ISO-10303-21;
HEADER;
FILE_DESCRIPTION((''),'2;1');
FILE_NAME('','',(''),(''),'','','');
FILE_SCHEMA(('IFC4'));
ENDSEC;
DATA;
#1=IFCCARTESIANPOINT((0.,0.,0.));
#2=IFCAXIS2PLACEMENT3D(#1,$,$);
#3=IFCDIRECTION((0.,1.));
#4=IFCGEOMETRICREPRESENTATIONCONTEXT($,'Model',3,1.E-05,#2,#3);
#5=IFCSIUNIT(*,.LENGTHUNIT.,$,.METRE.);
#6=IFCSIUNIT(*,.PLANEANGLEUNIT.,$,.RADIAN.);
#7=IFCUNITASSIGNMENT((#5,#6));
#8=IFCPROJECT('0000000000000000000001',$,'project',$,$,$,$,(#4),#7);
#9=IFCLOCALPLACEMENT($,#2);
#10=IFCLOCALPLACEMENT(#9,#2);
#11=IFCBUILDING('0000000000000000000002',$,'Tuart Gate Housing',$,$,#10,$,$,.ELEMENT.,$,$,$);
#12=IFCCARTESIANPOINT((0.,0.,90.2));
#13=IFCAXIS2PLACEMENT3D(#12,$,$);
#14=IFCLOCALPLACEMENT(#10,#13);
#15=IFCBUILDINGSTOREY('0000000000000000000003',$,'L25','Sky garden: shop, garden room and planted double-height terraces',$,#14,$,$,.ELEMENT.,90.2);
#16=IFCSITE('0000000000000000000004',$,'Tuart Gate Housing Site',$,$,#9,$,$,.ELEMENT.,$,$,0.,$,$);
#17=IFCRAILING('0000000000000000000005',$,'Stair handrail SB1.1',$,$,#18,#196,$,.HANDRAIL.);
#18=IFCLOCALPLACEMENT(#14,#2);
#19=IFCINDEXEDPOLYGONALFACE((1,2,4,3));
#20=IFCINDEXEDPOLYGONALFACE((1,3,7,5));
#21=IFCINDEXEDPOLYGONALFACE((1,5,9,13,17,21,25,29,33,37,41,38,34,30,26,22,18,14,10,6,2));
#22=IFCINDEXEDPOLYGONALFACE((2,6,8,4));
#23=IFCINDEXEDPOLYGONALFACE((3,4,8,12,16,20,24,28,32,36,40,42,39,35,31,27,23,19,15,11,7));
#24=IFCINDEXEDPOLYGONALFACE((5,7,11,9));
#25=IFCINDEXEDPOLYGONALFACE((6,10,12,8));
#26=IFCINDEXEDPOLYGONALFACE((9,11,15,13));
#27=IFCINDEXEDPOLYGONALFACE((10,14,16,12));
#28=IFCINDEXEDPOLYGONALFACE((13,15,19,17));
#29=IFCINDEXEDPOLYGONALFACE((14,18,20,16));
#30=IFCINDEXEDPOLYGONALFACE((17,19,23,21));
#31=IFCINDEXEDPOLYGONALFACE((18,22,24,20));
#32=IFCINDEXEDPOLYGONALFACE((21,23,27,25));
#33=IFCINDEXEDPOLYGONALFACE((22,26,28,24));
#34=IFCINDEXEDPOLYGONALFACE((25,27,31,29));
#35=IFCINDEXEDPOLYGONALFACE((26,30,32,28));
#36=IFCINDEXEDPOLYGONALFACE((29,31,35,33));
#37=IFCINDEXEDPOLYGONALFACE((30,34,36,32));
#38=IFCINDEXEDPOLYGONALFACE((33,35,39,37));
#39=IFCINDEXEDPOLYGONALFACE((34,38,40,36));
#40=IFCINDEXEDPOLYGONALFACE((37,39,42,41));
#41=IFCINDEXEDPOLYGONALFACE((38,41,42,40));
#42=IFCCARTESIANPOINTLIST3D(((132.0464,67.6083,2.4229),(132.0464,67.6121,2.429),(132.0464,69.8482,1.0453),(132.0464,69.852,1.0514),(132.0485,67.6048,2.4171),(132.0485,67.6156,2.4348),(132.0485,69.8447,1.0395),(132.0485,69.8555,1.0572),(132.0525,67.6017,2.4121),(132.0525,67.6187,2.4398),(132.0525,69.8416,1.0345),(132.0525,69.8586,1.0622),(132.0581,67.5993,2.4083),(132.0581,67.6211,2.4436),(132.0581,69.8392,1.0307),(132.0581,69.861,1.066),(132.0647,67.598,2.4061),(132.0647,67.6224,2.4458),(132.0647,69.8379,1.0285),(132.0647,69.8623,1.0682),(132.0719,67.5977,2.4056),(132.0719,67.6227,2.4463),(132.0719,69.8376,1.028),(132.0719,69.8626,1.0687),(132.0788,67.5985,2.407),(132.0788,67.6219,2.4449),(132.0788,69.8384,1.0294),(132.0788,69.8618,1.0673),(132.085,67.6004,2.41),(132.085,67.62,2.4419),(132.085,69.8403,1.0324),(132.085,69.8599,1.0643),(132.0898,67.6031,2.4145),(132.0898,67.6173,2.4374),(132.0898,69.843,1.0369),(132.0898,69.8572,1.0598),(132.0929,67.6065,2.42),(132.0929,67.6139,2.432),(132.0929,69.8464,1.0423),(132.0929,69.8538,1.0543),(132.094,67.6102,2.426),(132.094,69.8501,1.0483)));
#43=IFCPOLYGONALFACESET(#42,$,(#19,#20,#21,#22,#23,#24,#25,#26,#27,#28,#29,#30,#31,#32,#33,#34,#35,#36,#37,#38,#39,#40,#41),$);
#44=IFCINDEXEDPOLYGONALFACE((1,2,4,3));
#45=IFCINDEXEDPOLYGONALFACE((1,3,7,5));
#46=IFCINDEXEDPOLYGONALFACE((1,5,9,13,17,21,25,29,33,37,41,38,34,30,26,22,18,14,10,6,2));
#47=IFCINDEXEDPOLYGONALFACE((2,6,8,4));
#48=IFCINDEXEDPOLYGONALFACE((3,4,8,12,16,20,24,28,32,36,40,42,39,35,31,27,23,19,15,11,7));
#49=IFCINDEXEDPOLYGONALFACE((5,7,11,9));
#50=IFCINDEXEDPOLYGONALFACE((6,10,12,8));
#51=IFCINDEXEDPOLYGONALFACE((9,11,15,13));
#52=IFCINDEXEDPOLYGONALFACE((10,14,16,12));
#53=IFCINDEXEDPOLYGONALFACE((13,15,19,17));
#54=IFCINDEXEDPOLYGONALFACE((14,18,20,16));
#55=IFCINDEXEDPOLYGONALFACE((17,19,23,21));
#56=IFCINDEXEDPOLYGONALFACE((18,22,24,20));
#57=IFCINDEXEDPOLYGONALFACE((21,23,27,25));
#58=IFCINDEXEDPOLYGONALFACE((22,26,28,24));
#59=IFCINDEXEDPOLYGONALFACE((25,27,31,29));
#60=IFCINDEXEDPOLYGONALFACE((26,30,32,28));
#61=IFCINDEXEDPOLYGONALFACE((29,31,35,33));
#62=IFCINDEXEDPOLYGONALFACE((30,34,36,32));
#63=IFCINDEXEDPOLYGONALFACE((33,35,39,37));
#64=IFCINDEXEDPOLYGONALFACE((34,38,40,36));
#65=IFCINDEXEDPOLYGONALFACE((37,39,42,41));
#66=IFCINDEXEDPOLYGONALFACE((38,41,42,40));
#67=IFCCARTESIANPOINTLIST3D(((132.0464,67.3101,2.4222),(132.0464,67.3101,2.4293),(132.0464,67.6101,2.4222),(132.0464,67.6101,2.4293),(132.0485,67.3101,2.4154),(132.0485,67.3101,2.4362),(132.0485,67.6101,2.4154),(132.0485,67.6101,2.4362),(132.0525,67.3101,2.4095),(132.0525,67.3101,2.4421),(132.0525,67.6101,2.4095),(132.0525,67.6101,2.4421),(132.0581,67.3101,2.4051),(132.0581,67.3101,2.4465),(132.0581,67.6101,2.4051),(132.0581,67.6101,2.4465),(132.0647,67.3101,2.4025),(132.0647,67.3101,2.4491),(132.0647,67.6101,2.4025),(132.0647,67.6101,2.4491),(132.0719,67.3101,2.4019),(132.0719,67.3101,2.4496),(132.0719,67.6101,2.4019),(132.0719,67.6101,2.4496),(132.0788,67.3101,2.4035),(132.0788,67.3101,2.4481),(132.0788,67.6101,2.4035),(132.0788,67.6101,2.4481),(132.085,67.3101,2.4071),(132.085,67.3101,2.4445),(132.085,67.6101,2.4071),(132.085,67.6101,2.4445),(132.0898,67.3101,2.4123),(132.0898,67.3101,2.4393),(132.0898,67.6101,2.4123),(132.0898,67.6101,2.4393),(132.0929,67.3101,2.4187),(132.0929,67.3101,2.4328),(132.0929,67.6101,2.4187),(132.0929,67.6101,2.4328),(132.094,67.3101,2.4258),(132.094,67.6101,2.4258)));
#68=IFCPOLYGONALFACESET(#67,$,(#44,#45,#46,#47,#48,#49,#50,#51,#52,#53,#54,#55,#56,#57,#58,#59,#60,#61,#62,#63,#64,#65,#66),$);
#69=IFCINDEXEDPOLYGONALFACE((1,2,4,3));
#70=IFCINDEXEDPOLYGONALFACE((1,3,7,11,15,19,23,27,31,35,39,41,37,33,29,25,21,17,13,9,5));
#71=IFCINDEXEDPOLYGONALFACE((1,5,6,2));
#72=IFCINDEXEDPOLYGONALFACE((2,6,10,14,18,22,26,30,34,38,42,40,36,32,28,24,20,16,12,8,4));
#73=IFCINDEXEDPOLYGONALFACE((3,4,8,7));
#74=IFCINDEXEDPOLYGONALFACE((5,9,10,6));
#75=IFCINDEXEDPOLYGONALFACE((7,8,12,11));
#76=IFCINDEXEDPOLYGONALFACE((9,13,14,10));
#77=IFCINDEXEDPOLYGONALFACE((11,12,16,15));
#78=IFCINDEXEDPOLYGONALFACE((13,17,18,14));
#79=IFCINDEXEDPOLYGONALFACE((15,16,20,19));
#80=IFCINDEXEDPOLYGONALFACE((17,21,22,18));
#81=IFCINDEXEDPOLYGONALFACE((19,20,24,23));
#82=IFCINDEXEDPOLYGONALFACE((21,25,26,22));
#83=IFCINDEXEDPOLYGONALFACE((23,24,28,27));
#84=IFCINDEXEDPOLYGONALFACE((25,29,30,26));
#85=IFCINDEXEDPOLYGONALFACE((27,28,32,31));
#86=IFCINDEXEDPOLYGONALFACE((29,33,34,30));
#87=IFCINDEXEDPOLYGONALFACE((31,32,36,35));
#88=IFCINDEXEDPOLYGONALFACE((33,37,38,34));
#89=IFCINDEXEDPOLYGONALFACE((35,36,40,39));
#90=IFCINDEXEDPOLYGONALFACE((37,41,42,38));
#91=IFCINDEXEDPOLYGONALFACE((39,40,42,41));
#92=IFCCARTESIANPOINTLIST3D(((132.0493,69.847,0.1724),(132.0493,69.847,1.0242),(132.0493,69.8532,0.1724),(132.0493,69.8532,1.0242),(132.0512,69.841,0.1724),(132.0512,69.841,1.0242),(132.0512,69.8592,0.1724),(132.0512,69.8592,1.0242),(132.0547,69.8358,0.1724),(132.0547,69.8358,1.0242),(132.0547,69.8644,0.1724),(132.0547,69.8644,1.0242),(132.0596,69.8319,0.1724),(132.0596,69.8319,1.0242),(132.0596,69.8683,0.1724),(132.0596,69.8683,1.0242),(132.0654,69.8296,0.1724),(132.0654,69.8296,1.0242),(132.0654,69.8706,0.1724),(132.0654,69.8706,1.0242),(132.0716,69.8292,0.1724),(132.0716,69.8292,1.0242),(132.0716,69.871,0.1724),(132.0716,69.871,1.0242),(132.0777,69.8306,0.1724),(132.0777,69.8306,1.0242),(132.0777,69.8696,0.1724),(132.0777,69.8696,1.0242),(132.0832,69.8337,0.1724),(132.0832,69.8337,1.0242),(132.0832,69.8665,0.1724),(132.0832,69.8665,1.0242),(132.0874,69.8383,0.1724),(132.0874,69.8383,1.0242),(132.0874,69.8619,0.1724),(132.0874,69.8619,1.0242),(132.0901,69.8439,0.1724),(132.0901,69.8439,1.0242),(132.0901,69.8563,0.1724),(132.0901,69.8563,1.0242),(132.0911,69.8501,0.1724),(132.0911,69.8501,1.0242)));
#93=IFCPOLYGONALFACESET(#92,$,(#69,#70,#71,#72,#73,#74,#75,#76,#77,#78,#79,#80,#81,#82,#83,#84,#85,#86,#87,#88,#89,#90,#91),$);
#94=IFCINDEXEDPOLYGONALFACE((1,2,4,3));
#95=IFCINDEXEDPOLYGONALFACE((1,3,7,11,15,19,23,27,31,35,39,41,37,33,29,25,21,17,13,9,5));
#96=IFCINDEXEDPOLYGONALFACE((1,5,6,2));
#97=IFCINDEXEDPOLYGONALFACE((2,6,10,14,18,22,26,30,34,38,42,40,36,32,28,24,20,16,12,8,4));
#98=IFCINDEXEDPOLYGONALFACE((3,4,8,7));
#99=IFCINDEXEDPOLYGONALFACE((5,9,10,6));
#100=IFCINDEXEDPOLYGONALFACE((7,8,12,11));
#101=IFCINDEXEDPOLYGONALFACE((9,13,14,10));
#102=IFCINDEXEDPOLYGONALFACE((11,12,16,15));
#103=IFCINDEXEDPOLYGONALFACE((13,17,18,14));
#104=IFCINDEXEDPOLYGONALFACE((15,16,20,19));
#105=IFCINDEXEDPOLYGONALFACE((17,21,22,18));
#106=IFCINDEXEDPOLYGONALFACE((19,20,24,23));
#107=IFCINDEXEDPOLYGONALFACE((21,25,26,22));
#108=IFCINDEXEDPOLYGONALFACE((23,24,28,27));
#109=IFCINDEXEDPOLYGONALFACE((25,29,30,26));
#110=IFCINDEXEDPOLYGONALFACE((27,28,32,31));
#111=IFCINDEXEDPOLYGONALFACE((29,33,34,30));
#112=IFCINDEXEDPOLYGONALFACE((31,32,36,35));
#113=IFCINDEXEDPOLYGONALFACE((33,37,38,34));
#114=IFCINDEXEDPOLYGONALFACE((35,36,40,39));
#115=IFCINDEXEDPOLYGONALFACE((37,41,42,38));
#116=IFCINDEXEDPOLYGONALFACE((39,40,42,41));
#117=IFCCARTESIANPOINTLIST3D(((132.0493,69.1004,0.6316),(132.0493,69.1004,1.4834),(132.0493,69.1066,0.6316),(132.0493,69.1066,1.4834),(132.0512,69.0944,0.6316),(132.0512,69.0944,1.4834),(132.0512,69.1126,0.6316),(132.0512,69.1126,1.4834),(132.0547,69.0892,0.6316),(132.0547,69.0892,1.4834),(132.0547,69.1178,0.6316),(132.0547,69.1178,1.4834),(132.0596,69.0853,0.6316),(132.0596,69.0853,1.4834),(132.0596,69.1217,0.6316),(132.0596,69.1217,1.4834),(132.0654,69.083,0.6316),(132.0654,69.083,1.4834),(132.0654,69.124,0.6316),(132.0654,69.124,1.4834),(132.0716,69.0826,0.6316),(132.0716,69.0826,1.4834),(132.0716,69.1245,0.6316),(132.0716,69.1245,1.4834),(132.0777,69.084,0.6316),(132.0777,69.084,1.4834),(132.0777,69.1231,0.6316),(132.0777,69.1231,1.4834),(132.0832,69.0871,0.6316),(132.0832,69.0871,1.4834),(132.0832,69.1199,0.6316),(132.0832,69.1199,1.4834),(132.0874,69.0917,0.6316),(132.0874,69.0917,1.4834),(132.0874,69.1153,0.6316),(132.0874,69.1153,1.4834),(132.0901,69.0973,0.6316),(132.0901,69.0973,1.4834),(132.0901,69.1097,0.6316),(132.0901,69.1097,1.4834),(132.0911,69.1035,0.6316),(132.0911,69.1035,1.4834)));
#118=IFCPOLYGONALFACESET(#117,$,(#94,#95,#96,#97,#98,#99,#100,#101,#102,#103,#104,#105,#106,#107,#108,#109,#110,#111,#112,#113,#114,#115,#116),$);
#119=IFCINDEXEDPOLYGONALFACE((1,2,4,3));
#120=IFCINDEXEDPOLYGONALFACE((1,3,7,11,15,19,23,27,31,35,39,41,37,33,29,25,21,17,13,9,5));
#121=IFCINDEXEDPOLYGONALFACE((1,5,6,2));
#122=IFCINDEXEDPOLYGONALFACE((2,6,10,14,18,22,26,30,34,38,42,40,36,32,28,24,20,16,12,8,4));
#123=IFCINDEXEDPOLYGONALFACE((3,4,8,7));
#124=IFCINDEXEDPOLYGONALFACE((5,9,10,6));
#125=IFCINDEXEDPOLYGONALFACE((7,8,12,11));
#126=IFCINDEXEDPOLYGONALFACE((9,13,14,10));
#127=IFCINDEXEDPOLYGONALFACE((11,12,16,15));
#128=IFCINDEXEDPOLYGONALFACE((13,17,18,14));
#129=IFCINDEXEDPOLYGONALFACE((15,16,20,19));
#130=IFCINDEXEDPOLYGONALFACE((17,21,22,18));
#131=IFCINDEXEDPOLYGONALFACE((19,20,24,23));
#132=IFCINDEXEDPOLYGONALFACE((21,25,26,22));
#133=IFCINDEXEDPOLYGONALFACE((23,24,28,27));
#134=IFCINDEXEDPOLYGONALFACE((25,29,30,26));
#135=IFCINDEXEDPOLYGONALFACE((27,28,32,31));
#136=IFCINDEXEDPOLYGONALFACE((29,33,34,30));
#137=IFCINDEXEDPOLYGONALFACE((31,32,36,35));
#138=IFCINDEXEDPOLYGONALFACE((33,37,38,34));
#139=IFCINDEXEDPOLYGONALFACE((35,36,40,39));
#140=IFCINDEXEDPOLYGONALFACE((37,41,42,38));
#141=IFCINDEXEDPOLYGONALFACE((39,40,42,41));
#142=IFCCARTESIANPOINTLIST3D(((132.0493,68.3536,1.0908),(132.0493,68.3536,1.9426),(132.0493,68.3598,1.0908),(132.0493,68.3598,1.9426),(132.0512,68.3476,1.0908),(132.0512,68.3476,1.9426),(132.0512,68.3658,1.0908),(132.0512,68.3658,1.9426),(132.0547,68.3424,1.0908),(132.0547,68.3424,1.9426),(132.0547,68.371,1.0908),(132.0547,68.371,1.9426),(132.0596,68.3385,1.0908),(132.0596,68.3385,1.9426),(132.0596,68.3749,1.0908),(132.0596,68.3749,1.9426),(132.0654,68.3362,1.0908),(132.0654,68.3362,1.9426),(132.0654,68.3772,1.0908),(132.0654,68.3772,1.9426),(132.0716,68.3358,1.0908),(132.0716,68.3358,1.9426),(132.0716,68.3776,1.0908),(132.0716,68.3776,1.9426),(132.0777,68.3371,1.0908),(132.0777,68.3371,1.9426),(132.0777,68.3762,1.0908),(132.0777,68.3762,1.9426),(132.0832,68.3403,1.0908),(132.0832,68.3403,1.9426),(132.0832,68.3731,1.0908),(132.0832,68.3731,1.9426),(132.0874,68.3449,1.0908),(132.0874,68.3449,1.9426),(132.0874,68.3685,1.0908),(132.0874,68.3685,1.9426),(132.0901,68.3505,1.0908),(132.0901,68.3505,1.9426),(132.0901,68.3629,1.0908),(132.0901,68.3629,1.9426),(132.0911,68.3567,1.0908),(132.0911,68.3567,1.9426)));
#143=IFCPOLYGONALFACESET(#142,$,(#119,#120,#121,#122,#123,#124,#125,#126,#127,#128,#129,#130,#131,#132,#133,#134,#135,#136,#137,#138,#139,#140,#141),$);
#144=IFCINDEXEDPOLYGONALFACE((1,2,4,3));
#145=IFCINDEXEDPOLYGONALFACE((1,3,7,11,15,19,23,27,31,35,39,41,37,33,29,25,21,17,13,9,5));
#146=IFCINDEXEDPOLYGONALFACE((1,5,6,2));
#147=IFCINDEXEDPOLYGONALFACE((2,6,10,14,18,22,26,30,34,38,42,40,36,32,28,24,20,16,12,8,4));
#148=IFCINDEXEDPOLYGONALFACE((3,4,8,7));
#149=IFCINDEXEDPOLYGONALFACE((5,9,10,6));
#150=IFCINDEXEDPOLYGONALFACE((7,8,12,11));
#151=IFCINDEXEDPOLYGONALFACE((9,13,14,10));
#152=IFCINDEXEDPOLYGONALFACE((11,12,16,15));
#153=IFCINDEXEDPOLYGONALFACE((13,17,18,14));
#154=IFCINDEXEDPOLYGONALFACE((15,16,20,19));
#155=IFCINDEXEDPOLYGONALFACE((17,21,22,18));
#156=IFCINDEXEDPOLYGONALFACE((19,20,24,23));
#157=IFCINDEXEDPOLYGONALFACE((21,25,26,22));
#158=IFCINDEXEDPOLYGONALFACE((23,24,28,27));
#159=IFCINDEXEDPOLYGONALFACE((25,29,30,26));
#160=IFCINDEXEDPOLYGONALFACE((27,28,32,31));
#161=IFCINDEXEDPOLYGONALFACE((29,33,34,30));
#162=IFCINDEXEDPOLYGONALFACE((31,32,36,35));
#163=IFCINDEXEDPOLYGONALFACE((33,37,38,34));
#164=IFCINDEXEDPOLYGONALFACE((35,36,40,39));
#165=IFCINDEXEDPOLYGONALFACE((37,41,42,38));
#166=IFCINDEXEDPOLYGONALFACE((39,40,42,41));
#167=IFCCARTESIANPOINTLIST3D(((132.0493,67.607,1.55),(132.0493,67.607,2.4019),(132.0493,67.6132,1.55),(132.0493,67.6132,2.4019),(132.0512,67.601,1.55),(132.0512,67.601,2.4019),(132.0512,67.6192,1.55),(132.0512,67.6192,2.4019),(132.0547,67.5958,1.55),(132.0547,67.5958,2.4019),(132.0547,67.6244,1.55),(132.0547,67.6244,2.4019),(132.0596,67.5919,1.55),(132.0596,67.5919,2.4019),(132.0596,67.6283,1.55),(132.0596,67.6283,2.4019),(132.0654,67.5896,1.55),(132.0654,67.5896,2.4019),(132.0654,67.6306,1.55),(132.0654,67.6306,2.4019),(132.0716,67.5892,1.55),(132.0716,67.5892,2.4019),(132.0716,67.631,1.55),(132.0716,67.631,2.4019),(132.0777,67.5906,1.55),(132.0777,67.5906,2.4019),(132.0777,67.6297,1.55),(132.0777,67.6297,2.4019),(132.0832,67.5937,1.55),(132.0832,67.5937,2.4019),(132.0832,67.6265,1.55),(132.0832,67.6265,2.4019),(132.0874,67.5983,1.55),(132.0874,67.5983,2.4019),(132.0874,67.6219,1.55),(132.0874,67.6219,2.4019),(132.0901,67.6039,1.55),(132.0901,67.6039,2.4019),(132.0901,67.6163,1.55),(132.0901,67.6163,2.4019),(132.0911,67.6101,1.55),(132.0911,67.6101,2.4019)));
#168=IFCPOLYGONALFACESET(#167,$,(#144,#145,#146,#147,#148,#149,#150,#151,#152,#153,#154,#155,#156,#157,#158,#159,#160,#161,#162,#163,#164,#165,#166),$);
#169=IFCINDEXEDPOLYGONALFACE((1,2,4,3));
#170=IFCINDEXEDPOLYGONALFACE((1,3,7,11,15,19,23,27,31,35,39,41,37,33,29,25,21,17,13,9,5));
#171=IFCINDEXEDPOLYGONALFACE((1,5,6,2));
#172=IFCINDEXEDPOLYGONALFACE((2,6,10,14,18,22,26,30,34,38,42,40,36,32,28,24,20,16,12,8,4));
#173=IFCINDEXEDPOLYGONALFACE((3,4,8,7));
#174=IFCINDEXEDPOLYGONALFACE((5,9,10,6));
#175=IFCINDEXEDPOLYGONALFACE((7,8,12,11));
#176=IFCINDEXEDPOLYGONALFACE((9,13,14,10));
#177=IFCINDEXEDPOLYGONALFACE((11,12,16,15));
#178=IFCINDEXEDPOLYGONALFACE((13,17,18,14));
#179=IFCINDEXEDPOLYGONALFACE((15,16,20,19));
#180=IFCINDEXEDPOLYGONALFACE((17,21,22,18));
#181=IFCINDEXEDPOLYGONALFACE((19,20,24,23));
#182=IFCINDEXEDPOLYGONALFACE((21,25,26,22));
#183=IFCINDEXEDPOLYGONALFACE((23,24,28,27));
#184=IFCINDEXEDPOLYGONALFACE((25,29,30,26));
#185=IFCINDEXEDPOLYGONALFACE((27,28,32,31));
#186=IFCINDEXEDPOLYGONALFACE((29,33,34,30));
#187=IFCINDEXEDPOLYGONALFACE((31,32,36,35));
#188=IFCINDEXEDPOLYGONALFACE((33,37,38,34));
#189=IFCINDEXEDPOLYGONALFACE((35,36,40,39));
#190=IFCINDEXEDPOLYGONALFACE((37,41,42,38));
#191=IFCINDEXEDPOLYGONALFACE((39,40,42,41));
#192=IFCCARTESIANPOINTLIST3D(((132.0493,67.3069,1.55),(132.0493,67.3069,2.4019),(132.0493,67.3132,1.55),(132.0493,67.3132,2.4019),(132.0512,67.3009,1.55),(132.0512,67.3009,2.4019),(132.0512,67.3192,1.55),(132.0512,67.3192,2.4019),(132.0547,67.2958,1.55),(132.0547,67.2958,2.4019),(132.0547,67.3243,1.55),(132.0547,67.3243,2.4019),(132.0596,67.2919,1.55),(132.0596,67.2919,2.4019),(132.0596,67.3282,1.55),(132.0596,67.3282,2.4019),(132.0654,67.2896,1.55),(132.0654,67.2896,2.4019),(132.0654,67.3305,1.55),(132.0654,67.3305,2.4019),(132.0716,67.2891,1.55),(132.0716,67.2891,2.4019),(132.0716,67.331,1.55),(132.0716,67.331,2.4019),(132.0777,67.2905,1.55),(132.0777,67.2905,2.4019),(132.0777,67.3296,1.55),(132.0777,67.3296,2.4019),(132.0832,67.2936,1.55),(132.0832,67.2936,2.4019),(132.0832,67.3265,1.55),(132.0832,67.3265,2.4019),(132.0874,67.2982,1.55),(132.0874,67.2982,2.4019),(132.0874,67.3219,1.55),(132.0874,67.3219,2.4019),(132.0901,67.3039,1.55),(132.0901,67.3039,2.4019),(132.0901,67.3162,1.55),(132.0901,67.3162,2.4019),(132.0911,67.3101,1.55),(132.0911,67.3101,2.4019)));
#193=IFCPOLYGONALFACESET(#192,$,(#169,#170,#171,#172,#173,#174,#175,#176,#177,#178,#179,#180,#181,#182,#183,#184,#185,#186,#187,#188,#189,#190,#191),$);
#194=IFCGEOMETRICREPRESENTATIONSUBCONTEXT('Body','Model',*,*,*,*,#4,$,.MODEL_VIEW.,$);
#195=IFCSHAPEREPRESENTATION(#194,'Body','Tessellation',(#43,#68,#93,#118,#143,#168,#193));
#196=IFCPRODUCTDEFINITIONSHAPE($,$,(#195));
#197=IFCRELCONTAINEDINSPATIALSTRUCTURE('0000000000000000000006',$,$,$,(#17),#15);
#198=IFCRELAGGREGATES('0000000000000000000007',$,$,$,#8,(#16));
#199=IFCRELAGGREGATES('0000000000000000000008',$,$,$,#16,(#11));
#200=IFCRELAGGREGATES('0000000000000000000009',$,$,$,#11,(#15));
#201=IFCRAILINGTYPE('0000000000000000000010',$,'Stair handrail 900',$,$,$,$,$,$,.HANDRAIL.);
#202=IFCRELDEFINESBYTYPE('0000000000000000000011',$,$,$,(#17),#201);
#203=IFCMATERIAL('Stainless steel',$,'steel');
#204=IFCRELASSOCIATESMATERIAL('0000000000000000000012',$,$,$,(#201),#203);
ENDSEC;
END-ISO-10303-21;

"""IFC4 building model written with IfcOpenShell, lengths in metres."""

from ifc_helpers import new_model, si_unit, direction, frame, origin, origin_2d, place, context, subcontext, project, spatial, circle, extrude, material, type_object, element, save


model = new_model("IFC4")

# Units and contexts
model_context = context("Model", 3, precision=1e-05, world=origin(), true_north=direction((0.0, 1.0)))
body_context = subcontext(model_context, "Body", "Model", "MODEL_VIEW")
ifc_project = project(units=[si_unit("LENGTHUNIT", "METRE"), si_unit("PLANEANGLEUNIT", "RADIAN")], contexts=[model_context])

# Site, building, storey
site_placement = place(None, origin())
site = spatial("IfcSite", under=ifc_project, at=site_placement, Name="Tuart Gate Housing Site", CompositionType="ELEMENT", RefElevation=0.0)
building_placement = place(site_placement, origin())
building = spatial("IfcBuilding", under=site, at=building_placement, Name="Tuart Gate Housing", CompositionType="ELEMENT")
storey_placement = place(building_placement, frame((0.0, 0.0, 90.2)))
storey = spatial("IfcBuildingStorey", under=building, at=storey_placement, Name="L25", Description="Sky garden: shop, garden room and planted double-height terraces", CompositionType="ELEMENT", Elevation=90.2)

# Railing
ifc_material_1 = material(Name="Stainless steel", Category="steel")
railing_type = type_object("IfcRailingType", Name="Stair handrail 900", PredefinedType="HANDRAIL", material=ifc_material_1)
railing_placement = place(storey_placement, frame((132.0701, 69.8501, 0.1724)))
element("IfcRailing", 1, at=railing_placement, inside=storey, type_object=railing_type, Name="Stair handrail SB1.1", PredefinedType="HANDRAIL", context=body_context, shape_type="SweptSolid", body=[
    extrude(circle(Radius=0.0239, at=origin_2d()), frame((0.0, 0.0, 0.876), z_axis=(0.0, -0.851789, 0.523885), x_axis=(1.0, 0.0, 0.0)), (0.0, 0.0, 1.0), 2.6296),
    extrude(circle(Radius=0.0239, at=origin_2d()), frame((0.0, -2.24, 2.2534), z_axis=(0.0, -1.0, 0.0), x_axis=(1.0, 0.0, 0.0)), (0.0, 0.0, 1.0), 0.3),
    extrude(circle(Radius=0.021, at=origin_2d()), origin(), (0.0, 0.0, 1.0), 0.8518),
    extrude(circle(Radius=0.021, at=origin_2d()), frame((0.0, -0.7466, 0.4592)), (0.0, 0.0, 1.0), 0.8518),
    extrude(circle(Radius=0.021, at=origin_2d()), frame((0.0, -1.4934, 0.9185)), (0.0, 0.0, 1.0), 0.8518),
    extrude(circle(Radius=0.021, at=origin_2d()), frame((0.0, -2.24, 1.3777)), (0.0, 0.0, 1.0), 0.8518),
    extrude(circle(Radius=0.021, at=origin_2d()), frame((0.0, -2.54, 1.3777)), (0.0, 0.0, 1.0), 0.8518),
])

save(model, "model.ifc")
